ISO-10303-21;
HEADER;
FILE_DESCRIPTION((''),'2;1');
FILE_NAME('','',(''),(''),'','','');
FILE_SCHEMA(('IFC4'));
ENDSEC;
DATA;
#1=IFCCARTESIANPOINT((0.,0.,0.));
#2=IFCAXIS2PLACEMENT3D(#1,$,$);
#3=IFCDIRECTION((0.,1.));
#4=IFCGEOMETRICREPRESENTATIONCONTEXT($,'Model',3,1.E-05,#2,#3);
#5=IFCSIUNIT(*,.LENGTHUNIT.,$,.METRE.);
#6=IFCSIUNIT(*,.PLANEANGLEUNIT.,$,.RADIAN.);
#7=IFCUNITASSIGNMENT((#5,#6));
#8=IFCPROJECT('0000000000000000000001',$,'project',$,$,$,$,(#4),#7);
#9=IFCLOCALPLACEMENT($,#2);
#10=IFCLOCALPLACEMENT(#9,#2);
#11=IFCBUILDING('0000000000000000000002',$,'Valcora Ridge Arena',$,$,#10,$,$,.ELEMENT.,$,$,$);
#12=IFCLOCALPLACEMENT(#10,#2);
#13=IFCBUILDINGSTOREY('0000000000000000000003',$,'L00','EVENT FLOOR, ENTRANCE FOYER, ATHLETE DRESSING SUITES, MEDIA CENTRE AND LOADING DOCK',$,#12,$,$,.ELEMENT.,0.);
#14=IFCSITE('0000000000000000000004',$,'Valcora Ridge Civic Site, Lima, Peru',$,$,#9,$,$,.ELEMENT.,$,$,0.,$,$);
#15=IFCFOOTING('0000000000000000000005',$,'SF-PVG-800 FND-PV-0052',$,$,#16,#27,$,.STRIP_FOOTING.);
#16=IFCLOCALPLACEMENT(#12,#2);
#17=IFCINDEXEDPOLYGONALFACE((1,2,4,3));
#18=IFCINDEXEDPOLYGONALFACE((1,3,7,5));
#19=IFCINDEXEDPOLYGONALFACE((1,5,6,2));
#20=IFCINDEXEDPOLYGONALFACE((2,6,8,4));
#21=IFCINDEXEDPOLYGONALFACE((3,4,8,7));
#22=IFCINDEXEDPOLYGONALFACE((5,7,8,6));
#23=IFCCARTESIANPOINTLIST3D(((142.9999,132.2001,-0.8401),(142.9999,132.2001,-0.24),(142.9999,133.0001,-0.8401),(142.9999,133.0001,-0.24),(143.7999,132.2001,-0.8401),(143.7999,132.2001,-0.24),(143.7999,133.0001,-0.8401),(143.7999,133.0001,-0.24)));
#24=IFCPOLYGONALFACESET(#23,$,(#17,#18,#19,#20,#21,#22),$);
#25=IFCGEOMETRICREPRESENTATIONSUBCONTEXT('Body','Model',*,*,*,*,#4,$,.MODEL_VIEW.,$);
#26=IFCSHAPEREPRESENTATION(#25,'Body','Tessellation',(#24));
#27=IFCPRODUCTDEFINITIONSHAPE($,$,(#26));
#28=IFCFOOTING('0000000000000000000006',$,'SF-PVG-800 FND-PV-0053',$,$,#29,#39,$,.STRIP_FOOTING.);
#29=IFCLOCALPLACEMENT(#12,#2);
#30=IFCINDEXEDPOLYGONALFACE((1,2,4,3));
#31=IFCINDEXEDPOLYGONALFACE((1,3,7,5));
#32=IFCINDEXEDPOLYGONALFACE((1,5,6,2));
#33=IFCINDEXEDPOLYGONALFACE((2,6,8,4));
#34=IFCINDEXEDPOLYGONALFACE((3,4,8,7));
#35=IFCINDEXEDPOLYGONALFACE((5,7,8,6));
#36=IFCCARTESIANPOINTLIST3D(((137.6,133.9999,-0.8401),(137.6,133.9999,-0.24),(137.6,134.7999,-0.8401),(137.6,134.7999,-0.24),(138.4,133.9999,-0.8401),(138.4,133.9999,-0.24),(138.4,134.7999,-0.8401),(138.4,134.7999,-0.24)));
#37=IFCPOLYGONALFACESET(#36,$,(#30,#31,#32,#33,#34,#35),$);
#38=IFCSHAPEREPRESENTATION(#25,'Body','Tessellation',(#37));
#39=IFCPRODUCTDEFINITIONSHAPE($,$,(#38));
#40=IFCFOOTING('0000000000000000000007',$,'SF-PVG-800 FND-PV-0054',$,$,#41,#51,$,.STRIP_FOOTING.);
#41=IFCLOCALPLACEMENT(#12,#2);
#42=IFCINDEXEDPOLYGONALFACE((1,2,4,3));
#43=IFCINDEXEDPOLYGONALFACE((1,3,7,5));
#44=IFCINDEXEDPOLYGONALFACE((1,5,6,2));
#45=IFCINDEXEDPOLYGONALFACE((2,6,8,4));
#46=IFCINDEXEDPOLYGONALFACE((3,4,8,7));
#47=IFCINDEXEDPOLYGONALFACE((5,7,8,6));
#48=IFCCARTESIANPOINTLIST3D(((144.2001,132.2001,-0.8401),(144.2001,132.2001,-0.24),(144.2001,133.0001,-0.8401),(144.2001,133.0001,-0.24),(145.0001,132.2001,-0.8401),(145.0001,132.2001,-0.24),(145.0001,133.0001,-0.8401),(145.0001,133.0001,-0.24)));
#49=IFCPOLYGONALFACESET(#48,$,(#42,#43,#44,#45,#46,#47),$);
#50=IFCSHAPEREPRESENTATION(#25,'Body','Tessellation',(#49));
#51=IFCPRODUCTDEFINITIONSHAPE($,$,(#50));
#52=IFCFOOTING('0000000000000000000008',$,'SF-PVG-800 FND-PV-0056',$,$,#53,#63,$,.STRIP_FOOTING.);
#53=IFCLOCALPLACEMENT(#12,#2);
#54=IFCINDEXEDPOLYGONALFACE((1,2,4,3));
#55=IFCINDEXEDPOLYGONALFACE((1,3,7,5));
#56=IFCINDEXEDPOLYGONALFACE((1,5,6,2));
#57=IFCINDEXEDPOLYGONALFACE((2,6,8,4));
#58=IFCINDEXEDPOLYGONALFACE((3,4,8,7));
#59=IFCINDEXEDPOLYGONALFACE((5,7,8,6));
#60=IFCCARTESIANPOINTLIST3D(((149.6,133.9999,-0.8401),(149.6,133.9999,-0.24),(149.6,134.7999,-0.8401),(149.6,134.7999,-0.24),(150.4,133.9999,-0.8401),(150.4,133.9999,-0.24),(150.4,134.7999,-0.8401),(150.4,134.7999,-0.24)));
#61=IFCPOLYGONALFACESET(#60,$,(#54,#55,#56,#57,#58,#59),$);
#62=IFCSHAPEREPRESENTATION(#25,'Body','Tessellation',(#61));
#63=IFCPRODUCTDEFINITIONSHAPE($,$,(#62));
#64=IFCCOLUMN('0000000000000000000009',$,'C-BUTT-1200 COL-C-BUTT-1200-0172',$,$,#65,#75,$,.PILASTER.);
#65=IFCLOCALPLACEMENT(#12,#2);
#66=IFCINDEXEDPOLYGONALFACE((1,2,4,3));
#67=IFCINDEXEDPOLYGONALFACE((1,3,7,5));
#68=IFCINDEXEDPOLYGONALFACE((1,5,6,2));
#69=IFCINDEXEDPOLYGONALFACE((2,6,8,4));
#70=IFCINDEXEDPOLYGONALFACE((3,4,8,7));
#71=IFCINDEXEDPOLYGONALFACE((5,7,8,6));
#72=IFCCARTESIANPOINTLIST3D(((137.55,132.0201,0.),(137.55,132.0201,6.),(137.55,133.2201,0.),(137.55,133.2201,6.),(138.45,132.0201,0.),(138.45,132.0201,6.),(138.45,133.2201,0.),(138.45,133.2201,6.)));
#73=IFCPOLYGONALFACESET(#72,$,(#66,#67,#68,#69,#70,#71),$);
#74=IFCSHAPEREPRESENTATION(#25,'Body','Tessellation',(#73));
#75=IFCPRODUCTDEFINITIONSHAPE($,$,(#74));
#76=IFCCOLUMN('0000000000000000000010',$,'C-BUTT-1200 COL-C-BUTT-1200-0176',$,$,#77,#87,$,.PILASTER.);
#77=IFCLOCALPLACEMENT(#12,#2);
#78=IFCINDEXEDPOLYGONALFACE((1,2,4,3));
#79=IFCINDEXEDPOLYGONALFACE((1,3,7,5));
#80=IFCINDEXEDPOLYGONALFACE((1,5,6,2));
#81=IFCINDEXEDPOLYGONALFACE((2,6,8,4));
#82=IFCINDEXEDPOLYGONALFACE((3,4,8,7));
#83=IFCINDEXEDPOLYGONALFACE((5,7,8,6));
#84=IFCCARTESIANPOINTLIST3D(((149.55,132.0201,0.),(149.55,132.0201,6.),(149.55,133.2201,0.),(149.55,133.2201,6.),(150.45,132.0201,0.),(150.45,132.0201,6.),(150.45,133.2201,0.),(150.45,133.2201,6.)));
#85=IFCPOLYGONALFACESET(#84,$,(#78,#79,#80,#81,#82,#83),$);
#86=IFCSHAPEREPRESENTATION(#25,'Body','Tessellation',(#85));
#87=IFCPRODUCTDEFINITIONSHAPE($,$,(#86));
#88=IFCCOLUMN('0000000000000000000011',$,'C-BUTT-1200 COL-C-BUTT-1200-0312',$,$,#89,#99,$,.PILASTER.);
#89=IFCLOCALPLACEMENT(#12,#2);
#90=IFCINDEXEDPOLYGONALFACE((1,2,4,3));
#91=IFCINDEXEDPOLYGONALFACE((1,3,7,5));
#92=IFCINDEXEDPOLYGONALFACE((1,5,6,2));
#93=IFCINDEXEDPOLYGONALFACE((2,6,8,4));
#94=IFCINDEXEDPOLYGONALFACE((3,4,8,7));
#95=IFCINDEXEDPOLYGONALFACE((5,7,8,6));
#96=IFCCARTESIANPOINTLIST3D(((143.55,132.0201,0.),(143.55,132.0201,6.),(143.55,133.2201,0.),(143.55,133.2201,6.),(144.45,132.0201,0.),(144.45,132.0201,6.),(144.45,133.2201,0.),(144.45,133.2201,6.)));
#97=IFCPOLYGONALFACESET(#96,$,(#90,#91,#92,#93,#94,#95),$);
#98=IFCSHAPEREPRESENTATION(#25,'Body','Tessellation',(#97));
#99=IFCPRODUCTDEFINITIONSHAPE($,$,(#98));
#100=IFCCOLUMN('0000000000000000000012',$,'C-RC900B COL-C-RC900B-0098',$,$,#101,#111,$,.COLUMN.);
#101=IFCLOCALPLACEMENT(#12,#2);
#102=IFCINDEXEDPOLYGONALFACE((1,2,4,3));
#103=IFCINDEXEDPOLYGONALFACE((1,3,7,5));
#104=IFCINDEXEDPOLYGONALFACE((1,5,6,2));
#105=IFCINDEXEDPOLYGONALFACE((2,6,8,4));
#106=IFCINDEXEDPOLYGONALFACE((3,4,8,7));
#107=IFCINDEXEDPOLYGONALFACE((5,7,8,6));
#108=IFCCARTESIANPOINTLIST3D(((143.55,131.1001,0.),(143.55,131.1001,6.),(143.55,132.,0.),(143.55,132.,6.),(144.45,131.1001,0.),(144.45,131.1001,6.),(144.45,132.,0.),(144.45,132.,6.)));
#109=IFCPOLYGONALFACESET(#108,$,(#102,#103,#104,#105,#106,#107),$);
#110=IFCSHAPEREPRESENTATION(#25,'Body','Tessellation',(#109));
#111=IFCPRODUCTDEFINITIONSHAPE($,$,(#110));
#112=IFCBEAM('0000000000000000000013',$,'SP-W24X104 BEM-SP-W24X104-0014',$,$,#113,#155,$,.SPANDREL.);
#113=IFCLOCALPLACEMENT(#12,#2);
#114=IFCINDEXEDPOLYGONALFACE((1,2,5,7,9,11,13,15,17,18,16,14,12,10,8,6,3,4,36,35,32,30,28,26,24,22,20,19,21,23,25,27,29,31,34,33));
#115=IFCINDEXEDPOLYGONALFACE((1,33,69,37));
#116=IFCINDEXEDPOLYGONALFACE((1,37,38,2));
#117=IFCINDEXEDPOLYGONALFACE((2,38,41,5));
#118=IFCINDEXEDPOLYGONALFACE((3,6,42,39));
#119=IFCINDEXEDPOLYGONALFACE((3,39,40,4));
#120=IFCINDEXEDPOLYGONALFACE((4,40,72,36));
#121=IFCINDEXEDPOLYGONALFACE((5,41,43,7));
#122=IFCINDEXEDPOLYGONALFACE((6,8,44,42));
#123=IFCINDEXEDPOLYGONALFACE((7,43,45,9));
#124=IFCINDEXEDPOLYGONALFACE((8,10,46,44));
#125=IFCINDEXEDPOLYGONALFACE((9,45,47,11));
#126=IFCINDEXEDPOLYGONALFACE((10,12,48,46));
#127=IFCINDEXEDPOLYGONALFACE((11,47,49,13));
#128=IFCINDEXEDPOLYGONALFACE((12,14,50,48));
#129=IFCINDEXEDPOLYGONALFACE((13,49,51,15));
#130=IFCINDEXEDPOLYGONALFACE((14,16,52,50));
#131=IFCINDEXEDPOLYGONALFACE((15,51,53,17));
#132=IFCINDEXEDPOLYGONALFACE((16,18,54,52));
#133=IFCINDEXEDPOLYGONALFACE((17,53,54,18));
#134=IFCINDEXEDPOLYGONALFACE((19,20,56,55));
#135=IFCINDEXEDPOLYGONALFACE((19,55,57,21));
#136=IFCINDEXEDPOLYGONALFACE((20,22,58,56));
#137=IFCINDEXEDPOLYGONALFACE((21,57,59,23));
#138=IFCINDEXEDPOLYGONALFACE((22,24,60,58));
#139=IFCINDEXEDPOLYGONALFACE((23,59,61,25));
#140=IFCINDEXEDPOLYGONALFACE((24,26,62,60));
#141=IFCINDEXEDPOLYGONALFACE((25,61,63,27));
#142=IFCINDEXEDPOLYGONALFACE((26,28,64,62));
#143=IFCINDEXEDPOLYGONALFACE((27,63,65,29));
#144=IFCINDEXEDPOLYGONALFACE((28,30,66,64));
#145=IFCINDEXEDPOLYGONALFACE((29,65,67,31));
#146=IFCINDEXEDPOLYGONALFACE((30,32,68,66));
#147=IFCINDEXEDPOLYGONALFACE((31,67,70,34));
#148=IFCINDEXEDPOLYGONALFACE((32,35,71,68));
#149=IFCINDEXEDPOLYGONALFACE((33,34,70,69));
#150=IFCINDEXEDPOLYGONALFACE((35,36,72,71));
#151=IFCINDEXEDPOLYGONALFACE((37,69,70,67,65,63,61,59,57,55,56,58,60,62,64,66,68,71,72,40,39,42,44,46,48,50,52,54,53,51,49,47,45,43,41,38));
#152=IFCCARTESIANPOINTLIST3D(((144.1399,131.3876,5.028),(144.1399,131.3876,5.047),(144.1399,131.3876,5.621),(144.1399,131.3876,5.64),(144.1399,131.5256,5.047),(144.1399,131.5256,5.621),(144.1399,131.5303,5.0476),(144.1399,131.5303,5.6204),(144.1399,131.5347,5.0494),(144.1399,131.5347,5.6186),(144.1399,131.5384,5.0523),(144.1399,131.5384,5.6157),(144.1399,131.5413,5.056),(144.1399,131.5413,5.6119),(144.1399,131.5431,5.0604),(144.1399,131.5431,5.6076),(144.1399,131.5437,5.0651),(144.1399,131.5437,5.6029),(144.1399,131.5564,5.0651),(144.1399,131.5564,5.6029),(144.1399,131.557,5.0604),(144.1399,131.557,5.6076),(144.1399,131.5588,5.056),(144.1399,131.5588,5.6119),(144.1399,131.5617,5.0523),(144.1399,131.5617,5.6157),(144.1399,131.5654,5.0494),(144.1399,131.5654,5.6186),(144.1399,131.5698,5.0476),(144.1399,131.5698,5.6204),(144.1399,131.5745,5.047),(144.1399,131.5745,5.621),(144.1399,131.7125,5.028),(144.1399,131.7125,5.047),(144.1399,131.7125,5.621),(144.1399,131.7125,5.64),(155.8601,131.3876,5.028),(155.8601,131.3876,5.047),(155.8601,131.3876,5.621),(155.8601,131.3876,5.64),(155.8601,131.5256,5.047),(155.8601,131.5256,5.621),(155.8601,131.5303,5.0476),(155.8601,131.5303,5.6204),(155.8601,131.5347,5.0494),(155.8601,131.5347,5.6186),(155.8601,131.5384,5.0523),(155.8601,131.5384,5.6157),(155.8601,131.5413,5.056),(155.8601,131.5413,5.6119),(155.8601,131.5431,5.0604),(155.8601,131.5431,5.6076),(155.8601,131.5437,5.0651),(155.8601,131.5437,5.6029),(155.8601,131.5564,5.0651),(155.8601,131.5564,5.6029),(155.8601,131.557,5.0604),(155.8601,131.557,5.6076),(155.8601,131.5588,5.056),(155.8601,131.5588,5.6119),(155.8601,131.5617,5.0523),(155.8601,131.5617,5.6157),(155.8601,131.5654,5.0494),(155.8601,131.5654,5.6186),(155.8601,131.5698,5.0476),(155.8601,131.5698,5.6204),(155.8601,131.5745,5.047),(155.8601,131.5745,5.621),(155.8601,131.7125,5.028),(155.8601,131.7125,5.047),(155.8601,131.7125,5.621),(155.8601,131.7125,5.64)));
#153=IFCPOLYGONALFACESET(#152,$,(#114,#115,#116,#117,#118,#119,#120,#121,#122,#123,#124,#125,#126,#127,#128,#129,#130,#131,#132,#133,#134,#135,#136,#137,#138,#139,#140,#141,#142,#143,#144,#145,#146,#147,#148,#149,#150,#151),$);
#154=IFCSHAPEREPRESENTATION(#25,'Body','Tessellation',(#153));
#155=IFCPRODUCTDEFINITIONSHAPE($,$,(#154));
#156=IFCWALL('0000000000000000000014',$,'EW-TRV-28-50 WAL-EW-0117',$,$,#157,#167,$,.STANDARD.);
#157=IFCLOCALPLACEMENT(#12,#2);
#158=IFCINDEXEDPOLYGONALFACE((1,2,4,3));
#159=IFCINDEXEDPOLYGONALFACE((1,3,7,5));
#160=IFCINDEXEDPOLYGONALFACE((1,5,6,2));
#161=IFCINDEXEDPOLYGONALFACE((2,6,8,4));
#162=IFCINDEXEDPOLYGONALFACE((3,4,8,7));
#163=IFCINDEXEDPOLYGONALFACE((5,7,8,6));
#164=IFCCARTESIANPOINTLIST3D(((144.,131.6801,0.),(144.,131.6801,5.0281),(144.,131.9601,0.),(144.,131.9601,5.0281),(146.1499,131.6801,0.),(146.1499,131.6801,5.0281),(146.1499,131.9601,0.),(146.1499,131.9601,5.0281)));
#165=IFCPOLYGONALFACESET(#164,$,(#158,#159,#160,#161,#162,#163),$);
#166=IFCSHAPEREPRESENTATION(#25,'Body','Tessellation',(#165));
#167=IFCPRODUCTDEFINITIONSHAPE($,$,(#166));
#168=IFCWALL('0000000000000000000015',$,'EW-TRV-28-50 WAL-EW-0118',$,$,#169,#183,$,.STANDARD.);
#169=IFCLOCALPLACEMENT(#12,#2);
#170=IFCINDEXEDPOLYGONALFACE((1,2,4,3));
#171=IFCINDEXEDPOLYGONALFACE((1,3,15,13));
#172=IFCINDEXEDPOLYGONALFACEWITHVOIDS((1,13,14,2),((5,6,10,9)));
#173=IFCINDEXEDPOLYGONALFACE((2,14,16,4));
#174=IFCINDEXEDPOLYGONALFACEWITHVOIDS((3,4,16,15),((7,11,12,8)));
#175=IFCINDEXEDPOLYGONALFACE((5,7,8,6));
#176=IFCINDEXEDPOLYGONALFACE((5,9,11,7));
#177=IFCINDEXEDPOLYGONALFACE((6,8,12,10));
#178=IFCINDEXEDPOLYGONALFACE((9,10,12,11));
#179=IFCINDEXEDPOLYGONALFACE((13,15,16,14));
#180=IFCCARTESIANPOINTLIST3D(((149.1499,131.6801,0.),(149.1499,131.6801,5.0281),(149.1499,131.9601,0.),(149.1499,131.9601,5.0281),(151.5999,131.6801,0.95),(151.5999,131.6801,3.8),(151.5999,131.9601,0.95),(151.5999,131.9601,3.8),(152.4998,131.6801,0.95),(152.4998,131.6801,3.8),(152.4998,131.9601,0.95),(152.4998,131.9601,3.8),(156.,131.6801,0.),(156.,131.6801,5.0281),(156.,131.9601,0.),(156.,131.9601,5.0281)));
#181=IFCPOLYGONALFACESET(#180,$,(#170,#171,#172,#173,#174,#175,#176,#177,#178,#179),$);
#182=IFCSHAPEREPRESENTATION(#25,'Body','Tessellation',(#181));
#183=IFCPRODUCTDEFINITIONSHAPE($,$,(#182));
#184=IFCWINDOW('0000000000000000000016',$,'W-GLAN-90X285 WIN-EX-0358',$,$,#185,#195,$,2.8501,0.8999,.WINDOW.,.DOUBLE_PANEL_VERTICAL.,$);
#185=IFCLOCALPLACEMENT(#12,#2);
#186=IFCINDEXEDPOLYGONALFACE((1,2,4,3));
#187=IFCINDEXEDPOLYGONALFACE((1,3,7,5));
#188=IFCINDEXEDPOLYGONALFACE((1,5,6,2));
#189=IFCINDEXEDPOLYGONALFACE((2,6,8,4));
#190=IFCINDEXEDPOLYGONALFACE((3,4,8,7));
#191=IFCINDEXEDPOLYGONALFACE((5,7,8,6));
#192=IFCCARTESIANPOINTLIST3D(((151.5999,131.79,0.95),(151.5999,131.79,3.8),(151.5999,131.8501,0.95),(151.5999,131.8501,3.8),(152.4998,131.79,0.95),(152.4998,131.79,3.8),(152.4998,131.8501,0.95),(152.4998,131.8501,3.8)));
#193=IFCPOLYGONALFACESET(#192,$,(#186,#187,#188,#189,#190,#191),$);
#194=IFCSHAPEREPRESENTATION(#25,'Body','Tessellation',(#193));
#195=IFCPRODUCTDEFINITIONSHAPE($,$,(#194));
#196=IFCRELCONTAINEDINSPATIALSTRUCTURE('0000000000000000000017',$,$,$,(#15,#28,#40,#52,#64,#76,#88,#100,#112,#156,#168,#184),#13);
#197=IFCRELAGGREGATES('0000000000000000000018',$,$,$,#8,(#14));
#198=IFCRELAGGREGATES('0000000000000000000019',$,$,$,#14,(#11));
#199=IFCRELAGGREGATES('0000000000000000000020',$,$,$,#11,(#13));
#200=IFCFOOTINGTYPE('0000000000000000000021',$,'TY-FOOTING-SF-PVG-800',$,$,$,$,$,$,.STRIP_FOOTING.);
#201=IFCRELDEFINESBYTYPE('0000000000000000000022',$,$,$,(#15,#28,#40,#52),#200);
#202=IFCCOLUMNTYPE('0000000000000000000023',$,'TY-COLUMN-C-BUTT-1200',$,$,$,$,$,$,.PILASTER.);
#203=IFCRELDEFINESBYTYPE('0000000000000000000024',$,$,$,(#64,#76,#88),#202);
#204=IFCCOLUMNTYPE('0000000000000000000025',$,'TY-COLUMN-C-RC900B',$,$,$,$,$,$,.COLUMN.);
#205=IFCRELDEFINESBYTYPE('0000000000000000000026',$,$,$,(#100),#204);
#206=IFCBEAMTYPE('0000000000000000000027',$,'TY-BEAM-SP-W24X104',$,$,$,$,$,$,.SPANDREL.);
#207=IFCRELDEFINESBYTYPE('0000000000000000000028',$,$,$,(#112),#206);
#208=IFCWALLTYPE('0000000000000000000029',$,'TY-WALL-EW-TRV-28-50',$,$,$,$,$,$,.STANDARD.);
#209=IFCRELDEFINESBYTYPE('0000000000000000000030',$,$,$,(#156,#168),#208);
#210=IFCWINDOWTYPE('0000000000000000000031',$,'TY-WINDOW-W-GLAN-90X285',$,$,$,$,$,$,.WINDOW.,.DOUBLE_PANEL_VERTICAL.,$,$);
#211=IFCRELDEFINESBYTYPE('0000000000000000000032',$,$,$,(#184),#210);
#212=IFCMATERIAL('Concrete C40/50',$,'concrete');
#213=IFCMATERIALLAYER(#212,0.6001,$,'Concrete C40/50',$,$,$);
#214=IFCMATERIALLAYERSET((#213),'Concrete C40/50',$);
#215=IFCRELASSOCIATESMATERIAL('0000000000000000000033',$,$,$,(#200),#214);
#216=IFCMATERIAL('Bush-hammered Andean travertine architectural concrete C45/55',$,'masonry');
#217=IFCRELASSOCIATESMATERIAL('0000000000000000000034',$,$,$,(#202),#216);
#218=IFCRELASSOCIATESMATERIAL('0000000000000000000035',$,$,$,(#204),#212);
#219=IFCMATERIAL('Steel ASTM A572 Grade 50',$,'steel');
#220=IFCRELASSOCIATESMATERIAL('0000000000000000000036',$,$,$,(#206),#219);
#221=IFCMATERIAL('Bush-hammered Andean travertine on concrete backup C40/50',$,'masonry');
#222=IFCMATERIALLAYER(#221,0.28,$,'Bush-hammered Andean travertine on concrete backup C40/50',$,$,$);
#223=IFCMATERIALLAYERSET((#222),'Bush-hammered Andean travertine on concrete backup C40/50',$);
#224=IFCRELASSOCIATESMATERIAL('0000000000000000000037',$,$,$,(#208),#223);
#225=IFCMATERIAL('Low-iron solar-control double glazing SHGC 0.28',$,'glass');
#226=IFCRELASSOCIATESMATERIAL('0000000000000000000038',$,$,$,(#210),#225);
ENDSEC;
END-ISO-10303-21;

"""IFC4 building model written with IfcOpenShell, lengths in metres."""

from ifc_helpers import new_model, si_unit, direction, frame, frame_2d, origin, origin_2d, place, context, subcontext, project, spatial, rectangle, i_section, extrude, material, layer, layer_set, material_profile, profile_set, type_object, element, fill, save


model = new_model("IFC4")

# Units and contexts
model_context = context("Model", 3, precision=1e-05, world=origin(), true_north=direction((0.0, 1.0)))
body_context = subcontext(model_context, "Body", "Model", "MODEL_VIEW")
ifc_project = project(units=[si_unit("LENGTHUNIT", "METRE"), si_unit("PLANEANGLEUNIT", "RADIAN")], contexts=[model_context])

# Site, building, storey
site_placement = place(None, origin())
site = spatial("IfcSite", under=ifc_project, at=site_placement, Name="Valcora Ridge Civic Site, Lima, Peru", CompositionType="ELEMENT", RefElevation=0.0)
building_placement = place(site_placement, origin())
building = spatial("IfcBuilding", under=site, at=building_placement, Name="Valcora Ridge Arena", CompositionType="ELEMENT")
storey_placement = place(building_placement, origin())
storey = spatial("IfcBuildingStorey", under=building, at=storey_placement, Name="L00", Description="EVENT FLOOR, ENTRANCE FOYER, ATHLETE DRESSING SUITES, MEDIA CENTRE AND LOADING DOCK", CompositionType="ELEMENT", Elevation=0.0)

# Footings
ifc_material_1 = material(Name="Concrete C40/50", Category="concrete")
ifc_layer_1 = layer(ifc_material_1, 0.6001, Name="Concrete C40/50")
ifc_layer_set_1 = layer_set([ifc_layer_1], Name="Concrete C40/50")
footing_type = type_object("IfcFootingType", Name="TY-FOOTING-SF-PVG-800", PredefinedType="STRIP_FOOTING", material=ifc_layer_set_1)
for number, where, z_axis, x_axis, name in (
    (1, (143.3999, 132.6001, -0.8401), (0.0, 0.0, 1.0), (1.0, 0.0, 0.0), "SF-PVG-800 FND-PV-0052"),
    (2, (138.0, 134.3999, -0.8401), (0.0, 0.0, 1.0), (1.0, 0.0, 0.0), "SF-PVG-800 FND-PV-0053"),
    (3, (144.6001, 132.6001, -0.8401), (0.0, 0.0, 1.0), (1.0, 0.0, 0.0), "SF-PVG-800 FND-PV-0054"),
    (4, (150.0, 134.3999, -0.8401), (0.0, 0.0, 1.0), (1.0, 0.0, 0.0), "SF-PVG-800 FND-PV-0056"),
):
    element("IfcFooting", number, at=place(storey_placement, frame(where, z_axis=z_axis, x_axis=x_axis)), inside=storey, type_object=footing_type, Name=name, PredefinedType="STRIP_FOOTING", context=body_context, shape_type="SweptSolid", body=[
        extrude(rectangle(XDim=0.8, YDim=0.8, at=origin_2d()), origin(), (0.0, 0.0, 1.0), 0.6001),
    ])

# Columns
ifc_material_2 = material(Name="Bush-hammered Andean travertine architectural concrete C45/55", Category="masonry")
ifc_material_profile_1 = material_profile(ifc_material_2, rectangle(XDim=0.8999, YDim=1.2, at=origin_2d()), Name="RC 900x1200")
ifc_profile_set_1 = profile_set([ifc_material_profile_1], Name="Bush-hammered Andean travertine architectural concrete C45/55")
column_type_1 = type_object("IfcColumnType", Name="TY-COLUMN-C-BUTT-1200", PredefinedType="PILASTER", material=ifc_profile_set_1)
for number, where, z_axis, x_axis, name in (
    (5, (138.0, 132.6201, 0.0), (0.0, 0.0, 1.0), (1.0, 0.0, 0.0), "C-BUTT-1200 COL-C-BUTT-1200-0172"),
    (6, (150.0, 132.6201, 0.0), (0.0, 0.0, 1.0), (1.0, 0.0, 0.0), "C-BUTT-1200 COL-C-BUTT-1200-0176"),
    (7, (144.0, 132.6201, 0.0), (0.0, 0.0, 1.0), (1.0, 0.0, 0.0), "C-BUTT-1200 COL-C-BUTT-1200-0312"),
):
    element("IfcColumn", number, at=place(storey_placement, frame(where, z_axis=z_axis, x_axis=x_axis)), inside=storey, type_object=column_type_1, Name=name, PredefinedType="PILASTER", context=body_context, shape_type="SweptSolid", body=[
        extrude(rectangle(XDim=0.8999, YDim=1.2, at=origin_2d()), origin(), (0.0, 0.0, 1.0), 6.0),
    ])
ifc_material_profile_2 = material_profile(ifc_material_1, rectangle(XDim=0.8999, YDim=0.8999, at=origin_2d()), Name="RC 900x900")
ifc_profile_set_2 = profile_set([ifc_material_profile_2], Name="Concrete C40/50")
column_type_2 = type_object("IfcColumnType", Name="TY-COLUMN-C-RC900B", PredefinedType="COLUMN", material=ifc_profile_set_2)
column_placement = place(storey_placement, frame((144.0, 131.55, 0.0), z_axis=(0.0, 0.0, 1.0), x_axis=(1.0, 0.0, 0.0)))
element("IfcColumn", 8, at=column_placement, inside=storey, type_object=column_type_2, Name="C-RC900B COL-C-RC900B-0098", PredefinedType="COLUMN", context=body_context, shape_type="SweptSolid", body=[
    extrude(rectangle(XDim=0.8999, YDim=0.8999, at=origin_2d()), origin(), (0.0, 0.0, 1.0), 6.0),
])

# Beam
ifc_material_3 = material(Name="Steel ASTM A572 Grade 50", Category="steel")
ifc_material_profile_3 = material_profile(ifc_material_3, i_section(OverallWidth=0.325, OverallDepth=0.6121, WebThickness=0.0127, FlangeThickness=0.019, FilletRadius=0.0181, at=origin_2d()), Name="W24X104")
ifc_profile_set_3 = profile_set([ifc_material_profile_3], Name="Steel ASTM A572 Grade 50")
beam_type = type_object("IfcBeamType", Name="TY-BEAM-SP-W24X104", PredefinedType="SPANDREL", material=ifc_profile_set_3)
beam_placement = place(storey_placement, frame((144.1399, 131.55, 5.334), z_axis=(1.0, 0.0, 0.0), x_axis=(0.0, 1.0, 0.0)))
element("IfcBeam", 9, at=beam_placement, inside=storey, type_object=beam_type, Name="SP-W24X104 BEM-SP-W24X104-0014", PredefinedType="SPANDREL", context=body_context, shape_type="SweptSolid", body=[
    extrude(i_section(OverallWidth=0.325, OverallDepth=0.6121, WebThickness=0.0127, FlangeThickness=0.019, FilletRadius=0.0181, at=origin_2d()), origin(), (0.0, 0.0, 1.0), 11.7202),
])

# Wall
ifc_material_4 = material(Name="Bush-hammered Andean travertine on concrete backup C40/50", Category="masonry")
ifc_layer_2 = layer(ifc_material_4, 0.28, Name="Bush-hammered Andean travertine on concrete backup C40/50")
ifc_layer_set_2 = layer_set([ifc_layer_2], Name="Bush-hammered Andean travertine on concrete backup C40/50")
wall_type_1 = type_object("IfcWallType", Name="TY-WALL-EW-TRV-28-50", PredefinedType="STANDARD", material=ifc_layer_set_2)
wall_1_placement = place(storey_placement, frame((144.0, 131.8201, 0.0), z_axis=(0.0, 0.0, 1.0), x_axis=(1.0, 0.0, 0.0)))
element("IfcWall", 10, at=wall_1_placement, inside=storey, type_object=wall_type_1, Name="EW-TRV-28-50 WAL-EW-0117", PredefinedType="STANDARD", context=body_context, shape_type="SweptSolid", body=[
    extrude(rectangle(XDim=2.1499, YDim=0.28, at=frame_2d((1.075, 0.0))), origin(), (0.0, 0.0, 1.0), 5.0281),
])

# Wall, opening, window
wall_2_placement = place(storey_placement, frame((149.1499, 131.8201, 0.0), z_axis=(0.0, 0.0, 1.0), x_axis=(1.0, 0.0, 0.0)))
wall_2 = element("IfcWall", 11, at=wall_2_placement, inside=storey, type_object=wall_type_1, Name="EW-TRV-28-50 WAL-EW-0118", PredefinedType="STANDARD", context=body_context, shape_type="SweptSolid", body=[
    extrude(rectangle(XDim=6.8501, YDim=0.28, at=frame_2d((3.425, 0.0))), origin(), (0.0, 0.0, 1.0), 5.0281),
])
opening_1_placement = place(wall_2_placement, frame((2.45, 0.0, 0.95)))
opening_1 = element("IfcOpeningElement", 12, at=opening_1_placement, cuts=wall_2, PredefinedType="OPENING", context=body_context, shape_type="SweptSolid", body=[
    extrude(rectangle(XDim=0.8999, YDim=2.8501, at=frame_2d((0.45, 1.425))), frame((0.0, 0.1499, 0.0), z_axis=(0.0, -1.0, 0.0), x_axis=(1.0, 0.0, 0.0)), (0.0, 0.0, 1.0), 0.3),
])
ifc_material_5 = material(Name="Low-iron solar-control double glazing SHGC 0.28", Category="glass")
window_type = type_object("IfcWindowType", Name="TY-WINDOW-W-GLAN-90X285", PartitioningType="DOUBLE_PANEL_VERTICAL", PredefinedType="WINDOW", material=ifc_material_5)
window_placement = place(opening_1_placement, origin())
window = element("IfcWindow", 13, at=window_placement, inside=storey, type_object=window_type, Name="W-GLAN-90X285 WIN-EX-0358", OverallHeight=2.8501, OverallWidth=0.8999, PartitioningType="DOUBLE_PANEL_VERTICAL", PredefinedType="WINDOW", context=body_context, shape_type="SweptSolid", body=[
    extrude(rectangle(XDim=0.8999, YDim=2.8501, at=frame_2d((0.45, 1.425))), frame((0.0, 0.03, 0.0), z_axis=(0.0, -1.0, 0.0), x_axis=(1.0, 0.0, 0.0)), (0.0, 0.0, 1.0), 0.0601),
])
fill(opening_1, window)

save(model, "model.ifc")
